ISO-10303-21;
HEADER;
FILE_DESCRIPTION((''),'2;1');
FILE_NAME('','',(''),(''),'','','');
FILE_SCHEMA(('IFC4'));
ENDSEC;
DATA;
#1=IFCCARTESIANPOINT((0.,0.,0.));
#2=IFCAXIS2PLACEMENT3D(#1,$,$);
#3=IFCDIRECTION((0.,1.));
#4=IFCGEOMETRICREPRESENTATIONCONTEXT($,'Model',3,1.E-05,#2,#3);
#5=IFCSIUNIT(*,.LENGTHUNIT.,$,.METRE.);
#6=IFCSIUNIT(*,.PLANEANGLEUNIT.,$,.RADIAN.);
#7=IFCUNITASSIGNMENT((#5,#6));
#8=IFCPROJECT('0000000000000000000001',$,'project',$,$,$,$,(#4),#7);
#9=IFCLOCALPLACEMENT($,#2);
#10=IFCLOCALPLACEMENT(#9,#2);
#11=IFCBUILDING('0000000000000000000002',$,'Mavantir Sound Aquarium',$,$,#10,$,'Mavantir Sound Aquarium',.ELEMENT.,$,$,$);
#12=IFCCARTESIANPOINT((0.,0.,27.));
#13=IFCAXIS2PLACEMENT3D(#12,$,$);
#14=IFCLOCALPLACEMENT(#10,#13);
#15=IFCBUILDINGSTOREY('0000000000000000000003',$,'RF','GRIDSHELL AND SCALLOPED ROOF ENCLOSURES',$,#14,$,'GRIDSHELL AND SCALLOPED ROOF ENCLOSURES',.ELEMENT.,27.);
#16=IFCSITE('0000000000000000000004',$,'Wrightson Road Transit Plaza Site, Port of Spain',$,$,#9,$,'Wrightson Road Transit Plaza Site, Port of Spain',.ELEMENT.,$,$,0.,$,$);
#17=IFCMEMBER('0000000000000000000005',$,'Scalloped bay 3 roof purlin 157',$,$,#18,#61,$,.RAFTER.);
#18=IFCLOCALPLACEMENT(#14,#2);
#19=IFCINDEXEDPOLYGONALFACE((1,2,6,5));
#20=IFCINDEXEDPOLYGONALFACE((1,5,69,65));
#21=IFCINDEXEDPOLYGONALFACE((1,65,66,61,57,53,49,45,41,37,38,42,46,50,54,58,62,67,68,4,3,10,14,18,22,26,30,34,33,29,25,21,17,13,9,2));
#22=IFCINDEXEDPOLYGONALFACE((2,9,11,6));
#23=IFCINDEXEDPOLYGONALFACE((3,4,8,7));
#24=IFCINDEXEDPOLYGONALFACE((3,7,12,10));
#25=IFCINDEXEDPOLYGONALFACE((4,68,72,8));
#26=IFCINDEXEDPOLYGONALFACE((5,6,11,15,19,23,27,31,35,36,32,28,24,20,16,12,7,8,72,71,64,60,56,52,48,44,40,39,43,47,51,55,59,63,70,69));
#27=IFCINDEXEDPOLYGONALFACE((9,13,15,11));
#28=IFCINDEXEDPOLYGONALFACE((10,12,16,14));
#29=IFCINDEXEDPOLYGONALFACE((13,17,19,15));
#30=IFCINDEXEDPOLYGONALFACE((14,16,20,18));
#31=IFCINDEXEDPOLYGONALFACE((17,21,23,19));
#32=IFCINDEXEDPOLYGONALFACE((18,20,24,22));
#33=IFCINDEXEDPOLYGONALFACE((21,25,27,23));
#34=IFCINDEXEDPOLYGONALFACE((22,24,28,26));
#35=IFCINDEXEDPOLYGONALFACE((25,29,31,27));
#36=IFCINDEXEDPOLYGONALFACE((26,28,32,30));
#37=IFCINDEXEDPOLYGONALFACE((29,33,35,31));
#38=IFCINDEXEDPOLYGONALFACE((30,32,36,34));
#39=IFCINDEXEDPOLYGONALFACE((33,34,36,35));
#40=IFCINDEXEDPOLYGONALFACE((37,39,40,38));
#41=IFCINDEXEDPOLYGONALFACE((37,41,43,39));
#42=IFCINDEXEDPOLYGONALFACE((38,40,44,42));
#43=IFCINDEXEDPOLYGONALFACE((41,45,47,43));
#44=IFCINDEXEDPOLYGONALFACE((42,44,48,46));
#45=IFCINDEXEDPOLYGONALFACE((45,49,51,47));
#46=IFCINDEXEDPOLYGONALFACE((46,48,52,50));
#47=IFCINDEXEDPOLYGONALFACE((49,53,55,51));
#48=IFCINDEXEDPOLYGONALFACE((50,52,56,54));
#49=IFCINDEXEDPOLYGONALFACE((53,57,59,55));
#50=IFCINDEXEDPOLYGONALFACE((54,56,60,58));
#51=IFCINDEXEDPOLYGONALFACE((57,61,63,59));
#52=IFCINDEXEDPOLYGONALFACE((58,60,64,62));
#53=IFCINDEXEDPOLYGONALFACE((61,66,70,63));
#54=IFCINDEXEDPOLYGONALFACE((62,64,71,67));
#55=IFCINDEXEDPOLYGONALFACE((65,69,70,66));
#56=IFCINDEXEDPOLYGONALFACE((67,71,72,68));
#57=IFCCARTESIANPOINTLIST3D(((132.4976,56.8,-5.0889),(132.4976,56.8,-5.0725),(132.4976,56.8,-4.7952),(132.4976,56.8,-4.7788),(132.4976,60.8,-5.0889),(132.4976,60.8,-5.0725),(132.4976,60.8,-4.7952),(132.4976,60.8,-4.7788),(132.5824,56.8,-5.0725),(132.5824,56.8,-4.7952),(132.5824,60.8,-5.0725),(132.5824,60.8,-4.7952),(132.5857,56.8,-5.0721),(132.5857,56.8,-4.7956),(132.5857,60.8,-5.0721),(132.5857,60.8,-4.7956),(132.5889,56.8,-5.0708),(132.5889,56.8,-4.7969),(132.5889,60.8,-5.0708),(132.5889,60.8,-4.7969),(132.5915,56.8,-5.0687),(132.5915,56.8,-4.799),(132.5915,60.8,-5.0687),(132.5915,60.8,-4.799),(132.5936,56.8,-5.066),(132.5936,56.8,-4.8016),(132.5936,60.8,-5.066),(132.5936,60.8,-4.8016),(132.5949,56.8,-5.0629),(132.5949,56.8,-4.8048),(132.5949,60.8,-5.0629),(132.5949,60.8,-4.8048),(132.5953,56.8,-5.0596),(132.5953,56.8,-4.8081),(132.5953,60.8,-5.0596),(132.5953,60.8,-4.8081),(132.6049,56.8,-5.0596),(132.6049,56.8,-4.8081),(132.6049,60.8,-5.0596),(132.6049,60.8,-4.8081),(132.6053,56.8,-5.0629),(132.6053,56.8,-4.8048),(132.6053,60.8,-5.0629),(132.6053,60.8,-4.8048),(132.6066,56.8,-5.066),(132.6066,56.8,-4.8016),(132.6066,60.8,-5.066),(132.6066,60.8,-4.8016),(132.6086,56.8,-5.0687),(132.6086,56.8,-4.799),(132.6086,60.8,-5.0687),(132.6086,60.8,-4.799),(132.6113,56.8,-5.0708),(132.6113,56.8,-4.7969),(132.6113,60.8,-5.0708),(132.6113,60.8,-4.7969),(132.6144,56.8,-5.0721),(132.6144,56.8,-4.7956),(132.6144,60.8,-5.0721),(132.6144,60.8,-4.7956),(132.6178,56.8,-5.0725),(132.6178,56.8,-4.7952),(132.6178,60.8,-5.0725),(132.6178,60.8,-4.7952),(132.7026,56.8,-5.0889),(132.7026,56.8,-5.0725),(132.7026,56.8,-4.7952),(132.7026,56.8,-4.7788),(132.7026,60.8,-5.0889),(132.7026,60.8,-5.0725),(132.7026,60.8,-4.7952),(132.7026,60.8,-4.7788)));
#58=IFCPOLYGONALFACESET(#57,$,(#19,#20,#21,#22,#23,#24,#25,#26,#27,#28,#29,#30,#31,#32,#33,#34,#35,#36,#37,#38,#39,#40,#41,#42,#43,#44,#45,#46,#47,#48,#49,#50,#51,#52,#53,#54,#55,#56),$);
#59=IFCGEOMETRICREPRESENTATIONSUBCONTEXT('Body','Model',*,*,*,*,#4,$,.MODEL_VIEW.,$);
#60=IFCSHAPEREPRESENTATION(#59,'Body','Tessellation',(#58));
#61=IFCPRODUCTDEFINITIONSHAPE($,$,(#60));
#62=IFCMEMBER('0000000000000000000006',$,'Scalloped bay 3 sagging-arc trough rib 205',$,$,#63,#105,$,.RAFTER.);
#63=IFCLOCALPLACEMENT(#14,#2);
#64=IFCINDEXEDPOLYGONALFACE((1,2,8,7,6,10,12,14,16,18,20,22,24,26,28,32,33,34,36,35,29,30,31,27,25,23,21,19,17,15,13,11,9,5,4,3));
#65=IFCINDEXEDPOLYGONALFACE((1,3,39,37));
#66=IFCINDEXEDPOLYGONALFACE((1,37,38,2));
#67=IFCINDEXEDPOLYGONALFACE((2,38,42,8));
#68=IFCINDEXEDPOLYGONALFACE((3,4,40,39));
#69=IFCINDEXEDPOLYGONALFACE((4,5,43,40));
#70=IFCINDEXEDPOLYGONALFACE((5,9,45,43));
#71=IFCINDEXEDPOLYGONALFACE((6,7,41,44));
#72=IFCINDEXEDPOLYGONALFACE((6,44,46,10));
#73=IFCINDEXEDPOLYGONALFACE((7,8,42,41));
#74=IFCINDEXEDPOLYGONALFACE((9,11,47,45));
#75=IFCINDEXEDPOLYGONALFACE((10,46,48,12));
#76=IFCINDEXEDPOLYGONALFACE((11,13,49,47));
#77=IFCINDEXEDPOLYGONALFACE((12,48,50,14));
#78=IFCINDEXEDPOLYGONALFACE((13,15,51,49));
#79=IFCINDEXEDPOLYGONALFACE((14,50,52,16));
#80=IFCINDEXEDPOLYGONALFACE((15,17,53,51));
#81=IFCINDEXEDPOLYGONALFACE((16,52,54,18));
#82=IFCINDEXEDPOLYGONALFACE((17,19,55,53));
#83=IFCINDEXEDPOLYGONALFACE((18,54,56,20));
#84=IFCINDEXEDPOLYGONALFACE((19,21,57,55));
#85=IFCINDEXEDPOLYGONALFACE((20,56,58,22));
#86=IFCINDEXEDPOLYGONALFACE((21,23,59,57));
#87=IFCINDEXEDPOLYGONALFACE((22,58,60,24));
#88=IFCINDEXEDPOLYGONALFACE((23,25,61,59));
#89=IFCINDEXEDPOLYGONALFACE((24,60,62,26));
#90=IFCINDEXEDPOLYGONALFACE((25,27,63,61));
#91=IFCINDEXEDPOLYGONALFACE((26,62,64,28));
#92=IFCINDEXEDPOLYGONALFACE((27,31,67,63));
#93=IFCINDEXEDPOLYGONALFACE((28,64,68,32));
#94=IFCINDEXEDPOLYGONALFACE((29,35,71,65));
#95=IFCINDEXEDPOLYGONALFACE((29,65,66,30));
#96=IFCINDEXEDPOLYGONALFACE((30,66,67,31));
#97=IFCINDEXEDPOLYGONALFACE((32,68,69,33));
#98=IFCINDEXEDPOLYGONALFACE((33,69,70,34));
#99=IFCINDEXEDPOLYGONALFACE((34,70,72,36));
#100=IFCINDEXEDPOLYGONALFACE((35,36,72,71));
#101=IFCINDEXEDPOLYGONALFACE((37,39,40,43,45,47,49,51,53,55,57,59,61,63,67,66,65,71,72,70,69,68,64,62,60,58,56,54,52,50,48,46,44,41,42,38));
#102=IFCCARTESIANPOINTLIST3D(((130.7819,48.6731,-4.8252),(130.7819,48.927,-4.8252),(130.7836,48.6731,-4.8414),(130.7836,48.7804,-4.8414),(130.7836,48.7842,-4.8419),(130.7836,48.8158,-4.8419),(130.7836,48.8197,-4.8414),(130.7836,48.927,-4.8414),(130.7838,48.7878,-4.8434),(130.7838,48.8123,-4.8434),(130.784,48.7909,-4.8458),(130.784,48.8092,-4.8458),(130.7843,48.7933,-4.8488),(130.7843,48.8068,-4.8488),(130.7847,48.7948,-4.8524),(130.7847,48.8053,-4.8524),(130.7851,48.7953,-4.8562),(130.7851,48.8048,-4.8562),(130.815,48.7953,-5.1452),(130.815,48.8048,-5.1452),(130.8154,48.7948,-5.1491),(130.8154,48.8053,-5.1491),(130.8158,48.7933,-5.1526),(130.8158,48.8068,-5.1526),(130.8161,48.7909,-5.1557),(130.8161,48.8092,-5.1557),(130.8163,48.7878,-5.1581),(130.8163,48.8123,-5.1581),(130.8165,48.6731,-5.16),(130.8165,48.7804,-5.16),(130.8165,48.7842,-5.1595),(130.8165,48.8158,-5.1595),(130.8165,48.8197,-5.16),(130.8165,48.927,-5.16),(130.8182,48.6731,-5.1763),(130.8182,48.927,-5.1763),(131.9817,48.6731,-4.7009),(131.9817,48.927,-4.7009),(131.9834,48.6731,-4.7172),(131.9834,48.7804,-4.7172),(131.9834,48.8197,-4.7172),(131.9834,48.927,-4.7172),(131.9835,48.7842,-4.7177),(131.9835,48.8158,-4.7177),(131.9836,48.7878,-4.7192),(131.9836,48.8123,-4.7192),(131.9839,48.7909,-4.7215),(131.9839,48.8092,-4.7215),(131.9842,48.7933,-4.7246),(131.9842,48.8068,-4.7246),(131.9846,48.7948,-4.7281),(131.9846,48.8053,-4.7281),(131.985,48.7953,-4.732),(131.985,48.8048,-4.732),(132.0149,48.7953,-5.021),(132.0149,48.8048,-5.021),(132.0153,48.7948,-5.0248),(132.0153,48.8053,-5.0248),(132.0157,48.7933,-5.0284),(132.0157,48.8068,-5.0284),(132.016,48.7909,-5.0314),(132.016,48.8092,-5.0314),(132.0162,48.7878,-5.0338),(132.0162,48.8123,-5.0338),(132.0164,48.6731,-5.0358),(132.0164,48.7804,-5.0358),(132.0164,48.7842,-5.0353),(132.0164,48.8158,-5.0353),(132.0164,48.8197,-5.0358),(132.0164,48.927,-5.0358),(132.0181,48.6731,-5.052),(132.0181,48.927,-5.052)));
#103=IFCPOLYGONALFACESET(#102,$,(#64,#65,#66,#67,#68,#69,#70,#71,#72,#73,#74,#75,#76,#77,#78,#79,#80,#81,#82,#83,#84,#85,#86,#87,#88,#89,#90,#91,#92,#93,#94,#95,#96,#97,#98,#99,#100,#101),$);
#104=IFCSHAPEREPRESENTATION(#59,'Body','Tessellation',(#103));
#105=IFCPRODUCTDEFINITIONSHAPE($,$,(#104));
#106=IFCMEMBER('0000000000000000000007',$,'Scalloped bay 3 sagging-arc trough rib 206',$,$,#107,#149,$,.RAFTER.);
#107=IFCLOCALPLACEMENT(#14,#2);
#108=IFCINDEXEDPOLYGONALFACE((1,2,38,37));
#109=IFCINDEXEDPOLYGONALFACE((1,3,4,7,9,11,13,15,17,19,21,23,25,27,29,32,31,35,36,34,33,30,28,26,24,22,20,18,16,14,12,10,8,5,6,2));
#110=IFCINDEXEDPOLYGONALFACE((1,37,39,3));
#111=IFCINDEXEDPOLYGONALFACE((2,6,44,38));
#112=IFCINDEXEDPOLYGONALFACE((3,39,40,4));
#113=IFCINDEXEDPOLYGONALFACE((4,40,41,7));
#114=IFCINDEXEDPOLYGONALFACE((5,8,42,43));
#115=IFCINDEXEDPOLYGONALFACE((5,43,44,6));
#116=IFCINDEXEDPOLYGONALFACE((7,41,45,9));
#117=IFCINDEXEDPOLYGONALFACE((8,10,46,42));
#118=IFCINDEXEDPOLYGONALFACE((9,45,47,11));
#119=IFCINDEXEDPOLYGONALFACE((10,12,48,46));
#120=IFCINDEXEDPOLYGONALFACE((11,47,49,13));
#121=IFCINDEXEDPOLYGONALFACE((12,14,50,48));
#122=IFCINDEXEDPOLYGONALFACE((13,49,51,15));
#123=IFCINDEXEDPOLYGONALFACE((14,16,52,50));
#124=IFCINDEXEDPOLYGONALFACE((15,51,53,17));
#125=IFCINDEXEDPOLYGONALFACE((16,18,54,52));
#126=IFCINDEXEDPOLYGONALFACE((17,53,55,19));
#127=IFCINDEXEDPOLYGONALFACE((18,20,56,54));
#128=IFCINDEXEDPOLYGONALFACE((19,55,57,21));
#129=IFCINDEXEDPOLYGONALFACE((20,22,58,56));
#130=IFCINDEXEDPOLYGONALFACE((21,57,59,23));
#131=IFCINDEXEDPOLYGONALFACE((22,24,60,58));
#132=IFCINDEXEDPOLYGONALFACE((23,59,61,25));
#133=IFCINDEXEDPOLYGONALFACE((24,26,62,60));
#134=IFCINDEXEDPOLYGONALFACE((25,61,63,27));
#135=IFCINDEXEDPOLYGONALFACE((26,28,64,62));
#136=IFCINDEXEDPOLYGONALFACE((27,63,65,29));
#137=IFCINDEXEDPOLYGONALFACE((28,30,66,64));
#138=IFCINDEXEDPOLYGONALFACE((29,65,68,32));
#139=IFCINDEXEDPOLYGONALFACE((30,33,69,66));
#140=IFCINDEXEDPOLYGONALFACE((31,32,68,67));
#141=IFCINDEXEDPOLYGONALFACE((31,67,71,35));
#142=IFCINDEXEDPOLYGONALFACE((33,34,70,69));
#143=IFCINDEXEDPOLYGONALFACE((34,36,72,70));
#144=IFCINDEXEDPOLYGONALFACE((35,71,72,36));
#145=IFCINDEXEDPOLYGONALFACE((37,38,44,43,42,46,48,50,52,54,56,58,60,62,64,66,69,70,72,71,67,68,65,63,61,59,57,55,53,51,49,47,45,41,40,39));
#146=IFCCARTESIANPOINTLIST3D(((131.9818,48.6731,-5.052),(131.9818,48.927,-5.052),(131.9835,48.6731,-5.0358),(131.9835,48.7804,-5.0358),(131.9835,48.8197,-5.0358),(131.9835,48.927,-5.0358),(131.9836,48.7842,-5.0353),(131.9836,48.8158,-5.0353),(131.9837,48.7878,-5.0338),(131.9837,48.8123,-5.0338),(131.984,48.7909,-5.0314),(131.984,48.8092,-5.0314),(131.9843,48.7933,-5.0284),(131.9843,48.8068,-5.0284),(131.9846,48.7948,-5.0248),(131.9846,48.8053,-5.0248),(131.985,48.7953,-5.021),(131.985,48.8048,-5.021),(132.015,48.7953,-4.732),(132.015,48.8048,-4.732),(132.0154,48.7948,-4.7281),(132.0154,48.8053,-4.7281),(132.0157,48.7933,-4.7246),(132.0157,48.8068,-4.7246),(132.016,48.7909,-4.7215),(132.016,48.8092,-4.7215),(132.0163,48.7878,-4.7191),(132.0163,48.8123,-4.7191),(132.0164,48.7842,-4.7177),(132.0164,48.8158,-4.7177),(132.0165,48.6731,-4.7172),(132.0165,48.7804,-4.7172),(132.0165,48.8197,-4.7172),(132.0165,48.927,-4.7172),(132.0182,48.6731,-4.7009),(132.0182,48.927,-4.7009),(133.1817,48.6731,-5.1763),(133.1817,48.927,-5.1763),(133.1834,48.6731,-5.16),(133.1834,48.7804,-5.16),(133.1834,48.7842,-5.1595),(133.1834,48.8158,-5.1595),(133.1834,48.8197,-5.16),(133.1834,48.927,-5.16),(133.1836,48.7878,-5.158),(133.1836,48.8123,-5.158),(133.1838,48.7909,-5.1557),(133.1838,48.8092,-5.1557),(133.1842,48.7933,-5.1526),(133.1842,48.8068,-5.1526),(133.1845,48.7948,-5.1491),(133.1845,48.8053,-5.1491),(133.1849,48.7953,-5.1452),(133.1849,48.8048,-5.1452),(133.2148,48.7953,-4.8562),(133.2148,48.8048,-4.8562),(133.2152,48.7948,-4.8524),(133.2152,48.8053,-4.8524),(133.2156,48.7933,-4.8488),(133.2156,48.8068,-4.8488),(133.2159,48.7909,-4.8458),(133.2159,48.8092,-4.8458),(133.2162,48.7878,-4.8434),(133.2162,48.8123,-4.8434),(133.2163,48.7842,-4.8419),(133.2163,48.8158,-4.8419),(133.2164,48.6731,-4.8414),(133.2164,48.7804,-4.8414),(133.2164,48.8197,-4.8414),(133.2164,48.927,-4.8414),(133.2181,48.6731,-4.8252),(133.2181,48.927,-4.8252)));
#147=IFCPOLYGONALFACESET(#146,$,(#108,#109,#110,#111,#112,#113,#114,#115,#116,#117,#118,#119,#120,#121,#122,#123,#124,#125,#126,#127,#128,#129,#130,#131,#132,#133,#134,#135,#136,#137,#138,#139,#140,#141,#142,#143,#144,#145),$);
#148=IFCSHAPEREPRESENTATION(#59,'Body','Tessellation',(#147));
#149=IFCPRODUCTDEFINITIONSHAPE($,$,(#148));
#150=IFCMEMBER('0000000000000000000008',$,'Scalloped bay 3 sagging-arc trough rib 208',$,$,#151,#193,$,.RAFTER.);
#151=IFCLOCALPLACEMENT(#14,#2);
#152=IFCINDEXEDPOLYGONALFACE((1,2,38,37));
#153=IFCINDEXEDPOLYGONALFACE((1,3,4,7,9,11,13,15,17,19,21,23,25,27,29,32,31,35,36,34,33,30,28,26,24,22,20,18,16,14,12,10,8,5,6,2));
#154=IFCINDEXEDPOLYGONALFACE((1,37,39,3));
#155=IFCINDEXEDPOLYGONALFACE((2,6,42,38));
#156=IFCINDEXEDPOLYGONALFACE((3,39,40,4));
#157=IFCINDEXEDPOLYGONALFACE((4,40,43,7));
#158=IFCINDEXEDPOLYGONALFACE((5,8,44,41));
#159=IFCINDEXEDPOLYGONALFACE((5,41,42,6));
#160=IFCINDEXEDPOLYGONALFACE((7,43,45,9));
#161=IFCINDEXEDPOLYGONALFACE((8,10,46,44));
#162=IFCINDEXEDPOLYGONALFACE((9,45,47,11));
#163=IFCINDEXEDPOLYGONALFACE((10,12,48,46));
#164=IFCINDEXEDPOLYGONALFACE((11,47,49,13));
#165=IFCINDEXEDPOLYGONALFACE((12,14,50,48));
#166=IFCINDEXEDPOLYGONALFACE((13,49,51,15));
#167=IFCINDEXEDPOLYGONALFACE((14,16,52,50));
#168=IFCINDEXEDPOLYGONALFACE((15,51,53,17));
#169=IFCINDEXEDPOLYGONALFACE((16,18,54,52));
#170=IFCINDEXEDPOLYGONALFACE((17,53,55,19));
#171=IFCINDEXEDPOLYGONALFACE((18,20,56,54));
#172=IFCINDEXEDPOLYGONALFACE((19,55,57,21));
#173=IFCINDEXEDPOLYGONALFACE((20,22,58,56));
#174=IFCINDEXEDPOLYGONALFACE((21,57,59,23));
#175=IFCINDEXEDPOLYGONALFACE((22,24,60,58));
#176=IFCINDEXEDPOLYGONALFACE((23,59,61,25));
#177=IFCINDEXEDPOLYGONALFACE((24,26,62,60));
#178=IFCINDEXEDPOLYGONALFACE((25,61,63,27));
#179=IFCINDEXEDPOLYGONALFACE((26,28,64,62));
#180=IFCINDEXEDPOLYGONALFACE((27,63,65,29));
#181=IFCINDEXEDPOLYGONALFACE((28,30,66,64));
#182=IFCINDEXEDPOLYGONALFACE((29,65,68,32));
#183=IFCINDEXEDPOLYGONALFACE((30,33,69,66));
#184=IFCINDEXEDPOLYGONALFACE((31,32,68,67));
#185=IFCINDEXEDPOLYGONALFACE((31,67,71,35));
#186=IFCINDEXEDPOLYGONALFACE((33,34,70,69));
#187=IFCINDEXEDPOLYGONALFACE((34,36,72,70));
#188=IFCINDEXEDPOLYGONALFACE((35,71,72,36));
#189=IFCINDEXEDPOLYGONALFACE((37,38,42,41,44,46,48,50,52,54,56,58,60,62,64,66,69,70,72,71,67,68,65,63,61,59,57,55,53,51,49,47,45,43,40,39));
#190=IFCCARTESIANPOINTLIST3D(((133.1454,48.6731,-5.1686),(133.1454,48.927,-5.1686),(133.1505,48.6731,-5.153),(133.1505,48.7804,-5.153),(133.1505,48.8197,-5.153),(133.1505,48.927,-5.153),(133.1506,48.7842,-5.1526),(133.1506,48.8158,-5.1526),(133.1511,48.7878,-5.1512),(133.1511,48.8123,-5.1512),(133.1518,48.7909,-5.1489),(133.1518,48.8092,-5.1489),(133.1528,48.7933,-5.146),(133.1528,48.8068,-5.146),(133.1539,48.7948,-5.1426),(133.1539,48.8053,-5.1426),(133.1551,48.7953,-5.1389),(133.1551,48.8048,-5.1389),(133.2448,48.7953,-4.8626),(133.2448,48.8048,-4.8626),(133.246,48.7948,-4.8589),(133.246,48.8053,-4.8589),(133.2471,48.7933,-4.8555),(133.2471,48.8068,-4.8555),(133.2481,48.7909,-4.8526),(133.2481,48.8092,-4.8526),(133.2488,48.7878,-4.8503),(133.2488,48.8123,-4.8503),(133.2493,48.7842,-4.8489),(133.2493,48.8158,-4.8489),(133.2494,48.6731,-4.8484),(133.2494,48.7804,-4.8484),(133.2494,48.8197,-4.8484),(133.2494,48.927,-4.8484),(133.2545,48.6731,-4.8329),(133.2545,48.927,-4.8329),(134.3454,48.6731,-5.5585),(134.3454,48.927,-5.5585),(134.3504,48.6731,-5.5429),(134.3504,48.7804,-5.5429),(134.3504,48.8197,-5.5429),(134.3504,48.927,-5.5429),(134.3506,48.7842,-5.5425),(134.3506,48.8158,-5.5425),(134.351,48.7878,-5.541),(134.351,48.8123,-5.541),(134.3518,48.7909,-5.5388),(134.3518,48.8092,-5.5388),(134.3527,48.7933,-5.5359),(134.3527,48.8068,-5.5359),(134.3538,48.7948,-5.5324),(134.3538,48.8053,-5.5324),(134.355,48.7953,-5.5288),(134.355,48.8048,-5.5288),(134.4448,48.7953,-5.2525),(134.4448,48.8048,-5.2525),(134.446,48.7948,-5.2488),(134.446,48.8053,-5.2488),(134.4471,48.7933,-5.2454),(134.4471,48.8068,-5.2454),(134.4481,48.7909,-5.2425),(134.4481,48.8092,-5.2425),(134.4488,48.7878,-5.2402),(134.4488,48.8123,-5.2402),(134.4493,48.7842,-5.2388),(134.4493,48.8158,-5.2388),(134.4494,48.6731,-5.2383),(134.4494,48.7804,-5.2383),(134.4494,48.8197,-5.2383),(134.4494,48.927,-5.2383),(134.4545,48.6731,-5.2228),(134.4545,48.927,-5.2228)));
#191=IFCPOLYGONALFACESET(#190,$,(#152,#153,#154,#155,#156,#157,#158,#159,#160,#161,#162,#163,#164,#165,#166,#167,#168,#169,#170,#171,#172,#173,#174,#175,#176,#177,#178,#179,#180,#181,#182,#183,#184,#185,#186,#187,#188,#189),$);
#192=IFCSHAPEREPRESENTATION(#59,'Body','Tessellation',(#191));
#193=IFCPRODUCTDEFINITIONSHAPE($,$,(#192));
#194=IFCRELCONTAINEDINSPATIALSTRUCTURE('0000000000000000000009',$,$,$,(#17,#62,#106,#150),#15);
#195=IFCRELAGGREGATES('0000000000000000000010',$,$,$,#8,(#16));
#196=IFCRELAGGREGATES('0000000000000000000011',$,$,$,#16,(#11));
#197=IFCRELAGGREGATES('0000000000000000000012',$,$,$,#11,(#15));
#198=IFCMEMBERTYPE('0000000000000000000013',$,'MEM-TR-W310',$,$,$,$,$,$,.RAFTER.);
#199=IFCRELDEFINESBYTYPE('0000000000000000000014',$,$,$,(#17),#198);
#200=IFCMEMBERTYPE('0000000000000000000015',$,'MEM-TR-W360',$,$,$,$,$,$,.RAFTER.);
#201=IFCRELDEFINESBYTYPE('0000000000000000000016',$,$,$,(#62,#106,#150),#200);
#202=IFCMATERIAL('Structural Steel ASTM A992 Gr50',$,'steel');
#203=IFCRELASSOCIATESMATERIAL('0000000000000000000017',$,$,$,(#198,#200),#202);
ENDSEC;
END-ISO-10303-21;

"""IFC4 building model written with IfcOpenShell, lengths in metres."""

from ifc_helpers import new_model, si_unit, direction, frame, origin, origin_2d, place, context, subcontext, project, spatial, i_section, extrude, material, material_profile, profile_set, type_object, element, save


model = new_model("IFC4")

# Units and contexts
model_context = context("Model", 3, precision=1e-05, world=origin(), true_north=direction((0.0, 1.0)))
body_context = subcontext(model_context, "Body", "Model", "MODEL_VIEW")
ifc_project = project(units=[si_unit("LENGTHUNIT", "METRE"), si_unit("PLANEANGLEUNIT", "RADIAN")], contexts=[model_context])

# Site, building, storey
site_placement = place(None, origin())
site = spatial("IfcSite", under=ifc_project, at=site_placement, Name="Wrightson Road Transit Plaza Site, Port of Spain", LongName="Wrightson Road Transit Plaza Site, Port of Spain", CompositionType="ELEMENT", RefElevation=0.0)
building_placement = place(site_placement, origin())
building = spatial("IfcBuilding", under=site, at=building_placement, Name="Mavantir Sound Aquarium", LongName="Mavantir Sound Aquarium", CompositionType="ELEMENT")
storey_placement = place(building_placement, frame((0.0, 0.0, 27.0)))
storey = spatial("IfcBuildingStorey", under=building, at=storey_placement, Name="RF", Description="GRIDSHELL AND SCALLOPED ROOF ENCLOSURES", LongName="GRIDSHELL AND SCALLOPED ROOF ENCLOSURES", CompositionType="ELEMENT", Elevation=27.0)

# Members
ifc_material_1 = material(Name="Structural Steel ASTM A992 Gr50", Category="steel")
ifc_material_profile_1 = material_profile(ifc_material_1, i_section(OverallWidth=0.2051, OverallDepth=0.3101, WebThickness=0.0095, FlangeThickness=0.0164, FilletRadius=0.0129, at=origin_2d()), Name="W310X74")
ifc_profile_set_1 = profile_set([ifc_material_profile_1], Name="Structural Steel ASTM A992 Gr50")
member_type_1 = type_object("IfcMemberType", Name="MEM-TR-W310", PredefinedType="RAFTER", material=ifc_profile_set_1)
for number, where, z_axis, x_axis, name in (
    (1, (132.6001, 56.8, -4.9338), (0.0, 1.0, 0.0), (-1.0, 0.0, 0.0), "Scalloped bay 3 roof purlin 157"),
):
    element("IfcMember", number, at=place(storey_placement, frame(where, z_axis=z_axis, x_axis=x_axis)), inside=storey, type_object=member_type_1, Name=name, PredefinedType="RAFTER", context=body_context, shape_type="SweptSolid", body=[
        extrude(i_section(OverallWidth=0.2051, OverallDepth=0.3101, WebThickness=0.0095, FlangeThickness=0.0164, FilletRadius=0.0129, at=origin_2d()), origin(), (0.0, 0.0, 1.0), 4.0),
    ])
ifc_material_profile_2 = material_profile(ifc_material_1, i_section(OverallWidth=0.2539, OverallDepth=0.353, WebThickness=0.0095, FlangeThickness=0.0164, FilletRadius=0.0149, at=origin_2d()), Name="W360X91")
ifc_profile_set_2 = profile_set([ifc_material_profile_2], Name="Structural Steel ASTM A992 Gr50")
member_type_2 = type_object("IfcMemberType", Name="MEM-TR-W360", PredefinedType="RAFTER", material=ifc_profile_set_2)
for number, where, z_axis, x_axis, name in (
    (2, (130.8, 48.8, -5.0007), (0.99468, 0.0, 0.10301), (0.0, 1.0, 0.0), "Scalloped bay 3 sagging-arc trough rib 205"),
    (3, (132.0, 48.8, -4.8765), (0.99468, 0.0, -0.10301), (0.0, 1.0, 0.0), "Scalloped bay 3 sagging-arc trough rib 206"),
):
    element("IfcMember", number, at=place(storey_placement, frame(where, z_axis=z_axis, x_axis=x_axis)), inside=storey, type_object=member_type_2, Name=name, PredefinedType="RAFTER", context=body_context, shape_type="SweptSolid", body=[
        extrude(i_section(OverallWidth=0.2539, OverallDepth=0.353, WebThickness=0.0095, FlangeThickness=0.0164, FilletRadius=0.0149, at=origin_2d()), origin(), (0.0, 0.0, 1.0), 1.2063),
    ])
member_1_placement = place(storey_placement, frame((133.2, 48.8, -5.0007), z_axis=(0.951055, 0.0, -0.30902), x_axis=(0.0, 1.0, 0.0)))
element("IfcMember", 4, at=member_1_placement, inside=storey, type_object=member_type_2, Name="Scalloped bay 3 sagging-arc trough rib 208", PredefinedType="RAFTER", context=body_context, shape_type="SweptSolid", body=[
    extrude(i_section(OverallWidth=0.2539, OverallDepth=0.353, WebThickness=0.0095, FlangeThickness=0.0164, FilletRadius=0.0149, at=origin_2d()), origin(), (0.0, 0.0, 1.0), 1.2617),
])

save(model, "model.ifc")
